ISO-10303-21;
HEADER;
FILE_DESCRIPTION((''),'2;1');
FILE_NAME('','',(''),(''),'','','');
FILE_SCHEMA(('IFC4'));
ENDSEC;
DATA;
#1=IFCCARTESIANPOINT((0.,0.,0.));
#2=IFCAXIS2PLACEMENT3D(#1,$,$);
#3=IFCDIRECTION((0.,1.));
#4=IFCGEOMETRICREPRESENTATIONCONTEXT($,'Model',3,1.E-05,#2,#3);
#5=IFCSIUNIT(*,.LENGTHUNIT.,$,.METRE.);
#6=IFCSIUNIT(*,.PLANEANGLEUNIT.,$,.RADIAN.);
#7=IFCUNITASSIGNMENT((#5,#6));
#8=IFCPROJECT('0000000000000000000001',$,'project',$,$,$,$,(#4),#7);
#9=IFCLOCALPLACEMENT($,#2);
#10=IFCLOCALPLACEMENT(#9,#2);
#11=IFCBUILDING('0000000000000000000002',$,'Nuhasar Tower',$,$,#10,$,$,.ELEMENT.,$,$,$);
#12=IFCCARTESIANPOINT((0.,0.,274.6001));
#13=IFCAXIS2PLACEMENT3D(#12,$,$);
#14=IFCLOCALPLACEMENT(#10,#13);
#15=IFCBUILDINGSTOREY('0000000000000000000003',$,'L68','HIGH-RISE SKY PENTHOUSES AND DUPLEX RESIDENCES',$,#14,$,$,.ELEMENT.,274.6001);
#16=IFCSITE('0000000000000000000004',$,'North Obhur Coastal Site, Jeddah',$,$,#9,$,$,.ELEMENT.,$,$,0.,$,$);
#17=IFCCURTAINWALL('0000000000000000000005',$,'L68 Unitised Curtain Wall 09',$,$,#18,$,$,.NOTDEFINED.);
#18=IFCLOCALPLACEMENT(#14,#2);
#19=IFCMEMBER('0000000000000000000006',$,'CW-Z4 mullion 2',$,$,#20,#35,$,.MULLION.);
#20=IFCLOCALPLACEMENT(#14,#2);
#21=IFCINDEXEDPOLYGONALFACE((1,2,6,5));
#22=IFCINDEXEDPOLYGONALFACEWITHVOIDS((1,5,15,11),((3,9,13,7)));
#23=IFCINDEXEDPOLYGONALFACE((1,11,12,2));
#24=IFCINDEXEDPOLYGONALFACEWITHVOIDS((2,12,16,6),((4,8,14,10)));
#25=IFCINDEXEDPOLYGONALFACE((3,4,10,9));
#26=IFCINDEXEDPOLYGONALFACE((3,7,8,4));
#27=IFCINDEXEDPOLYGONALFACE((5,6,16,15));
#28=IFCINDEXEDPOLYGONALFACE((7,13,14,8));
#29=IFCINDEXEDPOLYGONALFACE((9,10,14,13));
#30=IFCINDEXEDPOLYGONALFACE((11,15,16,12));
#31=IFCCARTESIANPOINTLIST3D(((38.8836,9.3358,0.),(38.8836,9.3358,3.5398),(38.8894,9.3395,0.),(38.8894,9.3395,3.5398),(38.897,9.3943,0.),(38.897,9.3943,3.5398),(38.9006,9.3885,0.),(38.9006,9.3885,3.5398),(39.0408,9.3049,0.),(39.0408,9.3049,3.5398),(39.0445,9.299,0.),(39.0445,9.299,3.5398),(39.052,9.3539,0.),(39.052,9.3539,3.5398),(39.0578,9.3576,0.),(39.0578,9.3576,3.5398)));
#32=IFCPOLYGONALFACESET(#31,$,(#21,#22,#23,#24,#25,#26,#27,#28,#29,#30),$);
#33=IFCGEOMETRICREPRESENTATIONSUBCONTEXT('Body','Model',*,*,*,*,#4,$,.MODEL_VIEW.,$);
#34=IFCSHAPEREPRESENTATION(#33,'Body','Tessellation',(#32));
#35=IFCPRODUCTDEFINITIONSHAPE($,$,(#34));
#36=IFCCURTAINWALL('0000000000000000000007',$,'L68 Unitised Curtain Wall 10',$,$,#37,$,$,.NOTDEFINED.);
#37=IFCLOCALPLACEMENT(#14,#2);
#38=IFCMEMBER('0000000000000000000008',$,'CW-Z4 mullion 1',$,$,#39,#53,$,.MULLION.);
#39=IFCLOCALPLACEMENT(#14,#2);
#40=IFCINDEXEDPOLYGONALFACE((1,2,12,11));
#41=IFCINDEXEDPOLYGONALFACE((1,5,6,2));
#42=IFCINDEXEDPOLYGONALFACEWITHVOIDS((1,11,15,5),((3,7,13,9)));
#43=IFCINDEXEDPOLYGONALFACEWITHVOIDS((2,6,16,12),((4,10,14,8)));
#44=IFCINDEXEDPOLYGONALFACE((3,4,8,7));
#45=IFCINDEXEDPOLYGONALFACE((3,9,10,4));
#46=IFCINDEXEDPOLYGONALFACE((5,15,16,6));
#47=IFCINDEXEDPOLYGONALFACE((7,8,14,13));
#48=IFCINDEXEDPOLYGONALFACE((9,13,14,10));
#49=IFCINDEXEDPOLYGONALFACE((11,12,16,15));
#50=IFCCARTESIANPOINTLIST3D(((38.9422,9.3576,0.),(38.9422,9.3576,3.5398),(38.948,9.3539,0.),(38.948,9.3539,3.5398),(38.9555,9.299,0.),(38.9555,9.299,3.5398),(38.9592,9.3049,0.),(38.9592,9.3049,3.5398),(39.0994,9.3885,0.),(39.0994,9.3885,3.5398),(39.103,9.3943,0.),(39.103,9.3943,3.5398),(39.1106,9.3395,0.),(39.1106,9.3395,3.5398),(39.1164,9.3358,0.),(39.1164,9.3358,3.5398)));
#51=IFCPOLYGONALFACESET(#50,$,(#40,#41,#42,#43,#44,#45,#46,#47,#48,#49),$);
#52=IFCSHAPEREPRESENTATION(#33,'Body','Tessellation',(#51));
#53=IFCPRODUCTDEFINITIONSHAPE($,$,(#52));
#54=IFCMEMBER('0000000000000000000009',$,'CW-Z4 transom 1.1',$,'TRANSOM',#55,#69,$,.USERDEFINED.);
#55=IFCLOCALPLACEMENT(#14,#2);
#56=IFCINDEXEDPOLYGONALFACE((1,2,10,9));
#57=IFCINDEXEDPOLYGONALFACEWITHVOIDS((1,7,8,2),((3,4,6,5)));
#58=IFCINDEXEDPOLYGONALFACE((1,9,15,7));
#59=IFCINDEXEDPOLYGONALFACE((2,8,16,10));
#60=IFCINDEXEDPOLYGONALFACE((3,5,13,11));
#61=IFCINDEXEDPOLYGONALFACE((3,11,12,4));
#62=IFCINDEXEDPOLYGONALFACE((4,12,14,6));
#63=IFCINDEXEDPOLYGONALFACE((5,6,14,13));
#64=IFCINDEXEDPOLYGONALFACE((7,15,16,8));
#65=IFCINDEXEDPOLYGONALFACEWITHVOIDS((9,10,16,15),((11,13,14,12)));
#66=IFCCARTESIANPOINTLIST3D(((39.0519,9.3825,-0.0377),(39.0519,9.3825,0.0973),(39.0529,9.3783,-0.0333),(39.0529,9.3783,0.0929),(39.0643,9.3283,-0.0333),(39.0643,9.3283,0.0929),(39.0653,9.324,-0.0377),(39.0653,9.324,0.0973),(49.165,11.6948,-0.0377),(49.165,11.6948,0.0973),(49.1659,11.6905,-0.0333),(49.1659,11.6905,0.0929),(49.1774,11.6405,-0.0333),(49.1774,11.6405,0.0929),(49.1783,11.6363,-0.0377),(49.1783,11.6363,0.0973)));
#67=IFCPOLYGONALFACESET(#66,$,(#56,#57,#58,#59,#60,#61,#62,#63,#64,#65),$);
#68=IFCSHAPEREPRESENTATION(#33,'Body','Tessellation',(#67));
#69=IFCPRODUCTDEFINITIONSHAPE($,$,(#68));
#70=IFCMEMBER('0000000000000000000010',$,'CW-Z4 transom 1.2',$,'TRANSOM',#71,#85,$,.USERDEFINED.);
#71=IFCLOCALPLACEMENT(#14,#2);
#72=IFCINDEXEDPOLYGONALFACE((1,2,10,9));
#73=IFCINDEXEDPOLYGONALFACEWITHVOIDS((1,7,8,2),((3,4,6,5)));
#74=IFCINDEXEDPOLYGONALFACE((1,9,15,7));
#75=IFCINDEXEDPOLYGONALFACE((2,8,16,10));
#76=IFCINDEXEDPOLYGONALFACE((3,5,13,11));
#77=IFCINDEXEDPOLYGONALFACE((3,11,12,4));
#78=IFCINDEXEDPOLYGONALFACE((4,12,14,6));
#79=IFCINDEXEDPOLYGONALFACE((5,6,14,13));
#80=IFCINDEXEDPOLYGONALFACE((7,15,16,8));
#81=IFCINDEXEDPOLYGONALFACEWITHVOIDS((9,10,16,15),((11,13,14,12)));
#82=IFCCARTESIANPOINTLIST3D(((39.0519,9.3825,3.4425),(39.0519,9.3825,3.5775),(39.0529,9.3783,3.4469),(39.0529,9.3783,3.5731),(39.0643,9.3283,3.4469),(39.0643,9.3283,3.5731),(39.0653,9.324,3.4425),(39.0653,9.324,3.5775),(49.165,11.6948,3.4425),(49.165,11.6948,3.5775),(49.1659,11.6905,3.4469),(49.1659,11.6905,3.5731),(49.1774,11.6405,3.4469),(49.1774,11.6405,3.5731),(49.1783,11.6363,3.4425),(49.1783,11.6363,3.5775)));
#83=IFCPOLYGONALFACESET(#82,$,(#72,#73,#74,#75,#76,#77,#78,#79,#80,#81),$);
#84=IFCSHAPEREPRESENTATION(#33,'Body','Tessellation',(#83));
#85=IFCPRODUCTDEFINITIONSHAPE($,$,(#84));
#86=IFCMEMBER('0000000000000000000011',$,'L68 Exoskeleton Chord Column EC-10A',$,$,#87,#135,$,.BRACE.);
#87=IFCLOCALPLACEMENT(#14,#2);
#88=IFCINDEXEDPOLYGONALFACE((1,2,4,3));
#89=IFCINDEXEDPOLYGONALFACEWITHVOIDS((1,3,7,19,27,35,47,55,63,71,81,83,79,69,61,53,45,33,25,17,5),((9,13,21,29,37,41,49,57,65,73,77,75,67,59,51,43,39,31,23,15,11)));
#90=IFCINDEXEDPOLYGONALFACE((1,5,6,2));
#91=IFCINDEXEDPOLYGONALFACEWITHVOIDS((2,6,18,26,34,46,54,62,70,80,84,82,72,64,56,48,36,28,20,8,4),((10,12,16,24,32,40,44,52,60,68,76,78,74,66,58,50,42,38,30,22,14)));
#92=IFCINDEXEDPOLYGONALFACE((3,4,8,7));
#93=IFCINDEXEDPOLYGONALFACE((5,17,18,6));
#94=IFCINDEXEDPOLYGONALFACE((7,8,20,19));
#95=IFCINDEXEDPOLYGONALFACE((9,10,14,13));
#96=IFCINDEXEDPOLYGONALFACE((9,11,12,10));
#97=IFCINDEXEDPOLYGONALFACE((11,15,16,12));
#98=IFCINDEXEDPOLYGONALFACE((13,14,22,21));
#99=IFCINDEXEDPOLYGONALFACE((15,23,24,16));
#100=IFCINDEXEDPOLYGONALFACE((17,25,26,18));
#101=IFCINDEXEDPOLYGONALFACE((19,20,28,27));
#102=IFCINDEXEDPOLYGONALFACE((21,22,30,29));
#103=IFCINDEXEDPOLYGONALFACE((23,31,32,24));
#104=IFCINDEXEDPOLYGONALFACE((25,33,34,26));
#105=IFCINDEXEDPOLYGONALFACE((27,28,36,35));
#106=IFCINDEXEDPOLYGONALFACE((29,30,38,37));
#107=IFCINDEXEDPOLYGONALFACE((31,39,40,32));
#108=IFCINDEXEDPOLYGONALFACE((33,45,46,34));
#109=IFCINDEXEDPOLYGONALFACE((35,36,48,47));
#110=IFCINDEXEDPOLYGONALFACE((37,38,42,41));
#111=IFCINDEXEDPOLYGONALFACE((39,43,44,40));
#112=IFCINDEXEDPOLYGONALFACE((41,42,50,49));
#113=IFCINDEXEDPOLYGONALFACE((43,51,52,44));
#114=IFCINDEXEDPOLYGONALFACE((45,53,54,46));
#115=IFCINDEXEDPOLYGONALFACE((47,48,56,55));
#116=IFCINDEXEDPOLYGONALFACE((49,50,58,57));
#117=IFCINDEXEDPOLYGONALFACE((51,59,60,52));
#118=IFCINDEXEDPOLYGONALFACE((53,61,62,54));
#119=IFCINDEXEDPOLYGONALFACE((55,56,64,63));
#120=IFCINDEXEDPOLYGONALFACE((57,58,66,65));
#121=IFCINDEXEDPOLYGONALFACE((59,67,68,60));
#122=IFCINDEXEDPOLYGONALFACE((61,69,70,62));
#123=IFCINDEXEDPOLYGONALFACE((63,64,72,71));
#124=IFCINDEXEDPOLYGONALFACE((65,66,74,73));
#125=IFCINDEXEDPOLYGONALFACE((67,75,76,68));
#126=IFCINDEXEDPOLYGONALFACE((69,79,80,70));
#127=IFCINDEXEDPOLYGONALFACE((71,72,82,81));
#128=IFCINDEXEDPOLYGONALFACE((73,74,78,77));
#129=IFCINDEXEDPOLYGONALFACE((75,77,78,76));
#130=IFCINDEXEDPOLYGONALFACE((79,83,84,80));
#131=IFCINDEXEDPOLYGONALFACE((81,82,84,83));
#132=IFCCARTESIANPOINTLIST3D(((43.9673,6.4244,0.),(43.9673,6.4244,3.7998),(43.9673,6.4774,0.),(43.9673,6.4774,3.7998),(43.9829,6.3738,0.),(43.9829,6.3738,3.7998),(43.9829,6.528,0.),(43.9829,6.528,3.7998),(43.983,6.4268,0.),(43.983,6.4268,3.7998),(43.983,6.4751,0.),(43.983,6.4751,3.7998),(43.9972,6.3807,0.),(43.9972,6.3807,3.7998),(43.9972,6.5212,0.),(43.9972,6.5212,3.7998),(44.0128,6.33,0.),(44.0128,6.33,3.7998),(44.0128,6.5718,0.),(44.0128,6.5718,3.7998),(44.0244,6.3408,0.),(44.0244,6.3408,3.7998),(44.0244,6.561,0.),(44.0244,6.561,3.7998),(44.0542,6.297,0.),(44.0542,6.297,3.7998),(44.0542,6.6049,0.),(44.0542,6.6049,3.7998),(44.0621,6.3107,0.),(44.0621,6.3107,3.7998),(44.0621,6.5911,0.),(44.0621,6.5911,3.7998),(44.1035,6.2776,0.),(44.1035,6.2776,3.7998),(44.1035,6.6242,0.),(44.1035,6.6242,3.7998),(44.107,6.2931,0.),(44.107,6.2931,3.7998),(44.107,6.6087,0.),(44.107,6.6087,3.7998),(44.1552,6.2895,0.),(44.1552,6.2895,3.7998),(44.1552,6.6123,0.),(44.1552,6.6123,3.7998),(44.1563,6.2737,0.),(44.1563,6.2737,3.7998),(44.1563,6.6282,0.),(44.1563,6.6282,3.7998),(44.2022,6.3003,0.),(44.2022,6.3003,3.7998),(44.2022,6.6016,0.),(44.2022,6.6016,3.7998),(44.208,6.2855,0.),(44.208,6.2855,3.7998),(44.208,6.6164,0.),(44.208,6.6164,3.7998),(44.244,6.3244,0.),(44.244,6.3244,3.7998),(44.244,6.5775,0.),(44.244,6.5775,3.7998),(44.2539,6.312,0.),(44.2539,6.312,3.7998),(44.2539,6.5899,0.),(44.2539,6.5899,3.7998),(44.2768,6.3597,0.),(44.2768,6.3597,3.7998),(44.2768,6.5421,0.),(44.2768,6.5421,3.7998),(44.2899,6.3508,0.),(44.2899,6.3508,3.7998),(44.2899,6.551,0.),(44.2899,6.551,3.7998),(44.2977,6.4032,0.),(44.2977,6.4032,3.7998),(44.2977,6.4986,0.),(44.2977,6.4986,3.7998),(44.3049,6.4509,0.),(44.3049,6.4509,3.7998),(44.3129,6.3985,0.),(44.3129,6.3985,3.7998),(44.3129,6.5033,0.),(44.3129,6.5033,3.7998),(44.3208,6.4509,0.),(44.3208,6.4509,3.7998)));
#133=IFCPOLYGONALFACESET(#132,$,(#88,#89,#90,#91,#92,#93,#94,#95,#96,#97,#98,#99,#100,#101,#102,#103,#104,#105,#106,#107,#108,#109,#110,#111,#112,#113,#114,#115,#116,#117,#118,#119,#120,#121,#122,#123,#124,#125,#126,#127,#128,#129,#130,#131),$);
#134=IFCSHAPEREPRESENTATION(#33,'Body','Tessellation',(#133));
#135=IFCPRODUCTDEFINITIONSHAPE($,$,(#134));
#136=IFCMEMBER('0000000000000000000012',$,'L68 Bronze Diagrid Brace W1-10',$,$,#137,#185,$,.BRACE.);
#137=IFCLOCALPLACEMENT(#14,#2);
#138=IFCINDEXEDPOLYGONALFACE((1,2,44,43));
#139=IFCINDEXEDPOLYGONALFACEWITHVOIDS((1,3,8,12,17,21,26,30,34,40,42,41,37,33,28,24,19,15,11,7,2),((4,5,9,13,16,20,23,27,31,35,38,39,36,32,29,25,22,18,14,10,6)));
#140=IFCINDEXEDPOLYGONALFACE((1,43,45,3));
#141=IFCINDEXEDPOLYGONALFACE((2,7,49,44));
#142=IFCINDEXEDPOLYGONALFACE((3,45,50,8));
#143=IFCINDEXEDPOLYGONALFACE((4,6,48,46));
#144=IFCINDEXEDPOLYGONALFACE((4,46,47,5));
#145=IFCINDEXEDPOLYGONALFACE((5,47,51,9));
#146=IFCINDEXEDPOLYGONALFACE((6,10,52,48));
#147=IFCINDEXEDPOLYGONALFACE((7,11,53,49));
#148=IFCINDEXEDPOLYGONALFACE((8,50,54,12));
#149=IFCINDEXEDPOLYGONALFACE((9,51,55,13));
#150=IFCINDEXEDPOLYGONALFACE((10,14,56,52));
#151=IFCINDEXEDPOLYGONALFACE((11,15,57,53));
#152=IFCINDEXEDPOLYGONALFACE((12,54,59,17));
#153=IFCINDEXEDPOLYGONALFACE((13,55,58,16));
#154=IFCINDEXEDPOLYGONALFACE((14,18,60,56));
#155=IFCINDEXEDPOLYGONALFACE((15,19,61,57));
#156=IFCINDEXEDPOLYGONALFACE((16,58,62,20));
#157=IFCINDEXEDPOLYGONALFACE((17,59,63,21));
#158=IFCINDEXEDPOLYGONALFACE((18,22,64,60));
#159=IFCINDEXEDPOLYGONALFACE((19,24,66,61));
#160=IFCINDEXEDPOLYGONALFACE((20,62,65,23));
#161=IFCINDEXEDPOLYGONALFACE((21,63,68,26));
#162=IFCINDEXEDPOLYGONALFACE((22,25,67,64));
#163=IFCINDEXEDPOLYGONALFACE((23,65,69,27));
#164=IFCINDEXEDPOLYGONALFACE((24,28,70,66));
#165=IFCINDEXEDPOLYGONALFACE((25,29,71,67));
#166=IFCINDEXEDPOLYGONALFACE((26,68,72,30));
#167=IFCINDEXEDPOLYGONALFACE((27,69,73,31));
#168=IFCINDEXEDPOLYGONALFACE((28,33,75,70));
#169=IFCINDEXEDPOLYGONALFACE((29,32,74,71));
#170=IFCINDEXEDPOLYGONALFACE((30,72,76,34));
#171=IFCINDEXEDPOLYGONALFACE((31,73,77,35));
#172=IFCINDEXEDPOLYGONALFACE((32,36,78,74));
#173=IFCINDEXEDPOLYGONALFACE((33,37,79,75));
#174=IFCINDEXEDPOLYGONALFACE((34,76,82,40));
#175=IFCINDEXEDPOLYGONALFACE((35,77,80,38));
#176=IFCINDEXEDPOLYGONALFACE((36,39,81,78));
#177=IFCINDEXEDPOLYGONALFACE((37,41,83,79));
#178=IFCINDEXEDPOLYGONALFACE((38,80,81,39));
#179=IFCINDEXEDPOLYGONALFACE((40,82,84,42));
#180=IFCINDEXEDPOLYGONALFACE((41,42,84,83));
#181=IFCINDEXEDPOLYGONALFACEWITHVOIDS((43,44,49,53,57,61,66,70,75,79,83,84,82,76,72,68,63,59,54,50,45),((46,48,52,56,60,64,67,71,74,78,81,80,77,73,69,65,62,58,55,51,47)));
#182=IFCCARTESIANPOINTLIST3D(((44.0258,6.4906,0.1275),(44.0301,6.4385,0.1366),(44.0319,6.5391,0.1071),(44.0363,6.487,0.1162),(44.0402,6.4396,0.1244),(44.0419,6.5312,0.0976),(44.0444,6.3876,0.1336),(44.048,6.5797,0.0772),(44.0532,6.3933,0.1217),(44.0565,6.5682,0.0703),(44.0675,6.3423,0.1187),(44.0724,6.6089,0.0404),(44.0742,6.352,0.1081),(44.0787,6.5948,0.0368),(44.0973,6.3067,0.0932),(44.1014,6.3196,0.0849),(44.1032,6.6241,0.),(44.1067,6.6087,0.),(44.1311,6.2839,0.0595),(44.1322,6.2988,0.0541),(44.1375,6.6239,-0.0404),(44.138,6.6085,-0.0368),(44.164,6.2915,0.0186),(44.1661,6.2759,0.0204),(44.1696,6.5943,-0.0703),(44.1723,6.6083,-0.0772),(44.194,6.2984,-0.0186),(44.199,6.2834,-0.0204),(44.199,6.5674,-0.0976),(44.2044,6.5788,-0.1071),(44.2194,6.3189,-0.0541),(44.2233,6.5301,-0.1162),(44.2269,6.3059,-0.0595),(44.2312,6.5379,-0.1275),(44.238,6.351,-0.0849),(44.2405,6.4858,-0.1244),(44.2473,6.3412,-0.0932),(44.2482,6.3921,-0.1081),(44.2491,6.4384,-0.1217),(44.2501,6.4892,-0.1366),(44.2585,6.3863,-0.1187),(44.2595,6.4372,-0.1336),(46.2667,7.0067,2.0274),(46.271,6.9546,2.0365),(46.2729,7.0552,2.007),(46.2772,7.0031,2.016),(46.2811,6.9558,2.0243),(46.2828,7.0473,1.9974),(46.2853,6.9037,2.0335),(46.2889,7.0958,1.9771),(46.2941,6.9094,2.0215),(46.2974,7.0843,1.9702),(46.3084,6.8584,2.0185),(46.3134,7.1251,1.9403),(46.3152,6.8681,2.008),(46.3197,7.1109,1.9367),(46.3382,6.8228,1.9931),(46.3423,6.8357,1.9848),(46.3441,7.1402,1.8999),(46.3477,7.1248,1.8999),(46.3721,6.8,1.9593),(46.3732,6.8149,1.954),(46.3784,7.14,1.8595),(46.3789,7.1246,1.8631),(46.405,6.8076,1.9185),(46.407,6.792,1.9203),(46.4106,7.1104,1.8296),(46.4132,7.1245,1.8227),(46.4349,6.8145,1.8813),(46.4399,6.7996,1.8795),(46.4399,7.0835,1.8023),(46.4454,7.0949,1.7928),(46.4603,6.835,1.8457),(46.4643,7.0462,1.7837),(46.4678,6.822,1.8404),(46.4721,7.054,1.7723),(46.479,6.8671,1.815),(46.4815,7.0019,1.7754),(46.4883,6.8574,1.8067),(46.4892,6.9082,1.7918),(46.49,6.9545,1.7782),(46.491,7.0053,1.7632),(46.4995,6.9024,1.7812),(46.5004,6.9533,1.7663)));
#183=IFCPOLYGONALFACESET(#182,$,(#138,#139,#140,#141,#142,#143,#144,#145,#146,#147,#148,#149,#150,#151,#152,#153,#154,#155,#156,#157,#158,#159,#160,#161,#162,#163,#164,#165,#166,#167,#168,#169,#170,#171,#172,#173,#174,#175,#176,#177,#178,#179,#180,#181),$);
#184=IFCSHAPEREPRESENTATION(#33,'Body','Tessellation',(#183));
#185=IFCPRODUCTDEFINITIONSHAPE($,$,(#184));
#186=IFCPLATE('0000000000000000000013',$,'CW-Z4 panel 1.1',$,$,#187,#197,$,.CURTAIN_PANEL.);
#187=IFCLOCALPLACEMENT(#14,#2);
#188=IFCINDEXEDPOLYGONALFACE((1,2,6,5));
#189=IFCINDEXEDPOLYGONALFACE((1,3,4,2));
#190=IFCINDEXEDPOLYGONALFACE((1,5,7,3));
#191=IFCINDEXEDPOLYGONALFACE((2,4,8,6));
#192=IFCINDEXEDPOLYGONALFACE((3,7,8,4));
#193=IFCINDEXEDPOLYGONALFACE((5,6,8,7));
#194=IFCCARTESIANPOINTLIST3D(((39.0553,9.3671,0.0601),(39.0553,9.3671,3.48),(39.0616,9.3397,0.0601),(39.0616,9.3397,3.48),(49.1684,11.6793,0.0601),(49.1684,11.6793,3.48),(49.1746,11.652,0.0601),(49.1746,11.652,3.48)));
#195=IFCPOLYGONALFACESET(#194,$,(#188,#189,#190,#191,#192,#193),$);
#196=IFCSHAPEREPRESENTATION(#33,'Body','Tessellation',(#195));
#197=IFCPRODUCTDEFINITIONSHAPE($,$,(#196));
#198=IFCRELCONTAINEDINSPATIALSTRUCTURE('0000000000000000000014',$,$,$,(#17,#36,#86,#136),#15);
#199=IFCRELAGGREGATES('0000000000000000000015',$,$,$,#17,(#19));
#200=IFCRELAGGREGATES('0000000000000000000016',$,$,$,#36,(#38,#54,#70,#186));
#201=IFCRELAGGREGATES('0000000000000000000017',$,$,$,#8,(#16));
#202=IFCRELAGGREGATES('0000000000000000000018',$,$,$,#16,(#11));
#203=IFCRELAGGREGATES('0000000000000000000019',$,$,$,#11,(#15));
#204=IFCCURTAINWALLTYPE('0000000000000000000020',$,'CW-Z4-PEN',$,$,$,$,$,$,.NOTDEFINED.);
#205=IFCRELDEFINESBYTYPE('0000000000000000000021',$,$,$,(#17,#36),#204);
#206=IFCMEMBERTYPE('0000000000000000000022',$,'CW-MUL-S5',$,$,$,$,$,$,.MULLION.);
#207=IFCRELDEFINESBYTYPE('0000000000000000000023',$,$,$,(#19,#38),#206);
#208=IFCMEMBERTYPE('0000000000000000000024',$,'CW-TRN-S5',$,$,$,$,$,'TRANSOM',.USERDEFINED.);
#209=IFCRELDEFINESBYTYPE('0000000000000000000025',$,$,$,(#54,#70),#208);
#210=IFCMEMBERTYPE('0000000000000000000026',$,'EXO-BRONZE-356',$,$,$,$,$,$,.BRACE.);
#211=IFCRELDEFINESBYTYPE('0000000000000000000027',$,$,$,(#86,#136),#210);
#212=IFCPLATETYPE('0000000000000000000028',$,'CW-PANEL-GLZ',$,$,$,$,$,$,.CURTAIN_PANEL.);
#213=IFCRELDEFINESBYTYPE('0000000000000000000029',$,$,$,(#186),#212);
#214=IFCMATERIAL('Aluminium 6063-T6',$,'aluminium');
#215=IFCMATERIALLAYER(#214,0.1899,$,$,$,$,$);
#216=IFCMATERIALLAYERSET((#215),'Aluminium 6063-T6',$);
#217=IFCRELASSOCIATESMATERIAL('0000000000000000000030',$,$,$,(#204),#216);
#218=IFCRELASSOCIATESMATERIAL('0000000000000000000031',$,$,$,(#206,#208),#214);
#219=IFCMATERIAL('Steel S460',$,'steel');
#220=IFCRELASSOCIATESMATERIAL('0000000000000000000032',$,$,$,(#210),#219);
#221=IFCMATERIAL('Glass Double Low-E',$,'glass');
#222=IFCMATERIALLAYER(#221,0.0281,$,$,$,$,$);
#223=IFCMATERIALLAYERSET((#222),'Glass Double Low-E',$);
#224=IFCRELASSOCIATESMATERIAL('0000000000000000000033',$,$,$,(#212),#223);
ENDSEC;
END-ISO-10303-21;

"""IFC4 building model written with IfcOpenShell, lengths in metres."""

from ifc_helpers import new_model, si_unit, direction, frame, origin, origin_2d, place, context, subcontext, project, spatial, rectangle, hollow_rectangle, hollow_circle, extrude, material, layer, layer_set, material_profile, profile_set, type_object, element, aggregate, save


model = new_model("IFC4")

# Units and contexts
model_context = context("Model", 3, precision=1e-05, world=origin(), true_north=direction((0.0, 1.0)))
body_context = subcontext(model_context, "Body", "Model", "MODEL_VIEW")
ifc_project = project(units=[si_unit("LENGTHUNIT", "METRE"), si_unit("PLANEANGLEUNIT", "RADIAN")], contexts=[model_context])

# Site, building, storey
site_placement = place(None, origin())
site = spatial("IfcSite", under=ifc_project, at=site_placement, Name="North Obhur Coastal Site, Jeddah", CompositionType="ELEMENT", RefElevation=0.0)
building_placement = place(site_placement, origin())
building = spatial("IfcBuilding", under=site, at=building_placement, Name="Nuhasar Tower", CompositionType="ELEMENT")
storey_placement = place(building_placement, frame((0.0, 0.0, 274.6001)))
storey = spatial("IfcBuildingStorey", under=building, at=storey_placement, Name="L68", Description="HIGH-RISE SKY PENTHOUSES AND DUPLEX RESIDENCES", CompositionType="ELEMENT", Elevation=274.6001)

# Curtain wall, member
ifc_material_1 = material(Name="Aluminium 6063-T6", Category="aluminium")
ifc_layer_1 = layer(ifc_material_1, 0.1899)
ifc_layer_set_1 = layer_set([ifc_layer_1], Name="Aluminium 6063-T6")
curtain_wall_type = type_object("IfcCurtainWallType", Name="CW-Z4-PEN", PredefinedType="NOTDEFINED", material=ifc_layer_set_1)
curtain_wall_1_placement = place(storey_placement, origin())
curtain_wall_1 = element("IfcCurtainWall", 1, at=curtain_wall_1_placement, inside=storey, type_object=curtain_wall_type, Name="L68 Unitised Curtain Wall 09", PredefinedType="NOTDEFINED")
ifc_material_profile_1 = material_profile(ifc_material_1, hollow_rectangle(XDim=0.0601, YDim=0.165, WallThickness=0.0049, at=origin_2d()), Name="CWM-5")
ifc_profile_set_1 = profile_set([ifc_material_profile_1], Name="Aluminium 6063-T6")
member_type_1 = type_object("IfcMemberType", Name="CW-MUL-S5", PredefinedType="MULLION", material=ifc_profile_set_1)
member_1_placement = place(storey_placement, frame((38.9707, 9.3467, 0.0), z_axis=(0.0, 0.0, 1.0), x_axis=(0.222889, 0.974844, 0.0)))
member_1 = element("IfcMember", 2, at=member_1_placement, type_object=member_type_1, Name="CW-Z4 mullion 2", PredefinedType="MULLION", context=body_context, shape_type="SweptSolid", body=[
    extrude(hollow_rectangle(XDim=0.0601, YDim=0.165, WallThickness=0.0049, at=origin_2d()), origin(), (0.0, 0.0, 1.0), 3.5398),
])
aggregate(curtain_wall_1, [member_1])

# Curtain wall, members
curtain_wall_2_placement = place(storey_placement, origin())
curtain_wall_2 = element("IfcCurtainWall", 3, at=curtain_wall_2_placement, inside=storey, type_object=curtain_wall_type, Name="L68 Unitised Curtain Wall 10", PredefinedType="NOTDEFINED")
member_2_placement = place(storey_placement, frame((39.0293, 9.3467, 0.0), z_axis=(0.0, 0.0, 1.0), x_axis=(-0.222889, 0.974844, 0.0)))
member_2 = element("IfcMember", 4, at=member_2_placement, type_object=member_type_1, Name="CW-Z4 mullion 1", PredefinedType="MULLION", context=body_context, shape_type="SweptSolid", body=[
    extrude(hollow_rectangle(XDim=0.0601, YDim=0.165, WallThickness=0.0049, at=origin_2d()), origin(), (0.0, 0.0, 1.0), 3.5398),
])
ifc_material_profile_2 = material_profile(ifc_material_1, hollow_rectangle(XDim=0.0601, YDim=0.135, WallThickness=0.0044, at=origin_2d()), Name="CWT-5")
ifc_profile_set_2 = profile_set([ifc_material_profile_2], Name="Aluminium 6063-T6")
member_type_2 = type_object("IfcMemberType", Name="CW-TRN-S5", ElementType="TRANSOM", PredefinedType="USERDEFINED", material=ifc_profile_set_2)
member_3_placement = place(storey_placement, frame((39.0586, 9.3533, 0.0298), z_axis=(0.974844, 0.222889, 0.0), x_axis=(-0.222889, 0.974844, 0.0)))
member_3 = element("IfcMember", 5, at=member_3_placement, type_object=member_type_2, Name="CW-Z4 transom 1.1", ObjectType="TRANSOM", PredefinedType="USERDEFINED", context=body_context, shape_type="SweptSolid", body=[
    extrude(hollow_rectangle(XDim=0.0601, YDim=0.135, WallThickness=0.0044, at=origin_2d()), origin(), (0.0, 0.0, 1.0), 10.374),
])
member_4_placement = place(storey_placement, frame((39.0586, 9.3533, 3.51), z_axis=(0.974844, 0.222889, 0.0), x_axis=(-0.222889, 0.974844, 0.0)))
member_4 = element("IfcMember", 6, at=member_4_placement, type_object=member_type_2, Name="CW-Z4 transom 1.2", ObjectType="TRANSOM", PredefinedType="USERDEFINED", context=body_context, shape_type="SweptSolid", body=[
    extrude(hollow_rectangle(XDim=0.0601, YDim=0.135, WallThickness=0.0044, at=origin_2d()), origin(), (0.0, 0.0, 1.0), 10.374),
])

# Members
ifc_material_2 = material(Name="Steel S460", Category="steel")
ifc_material_profile_3 = material_profile(ifc_material_2, hollow_circle(Radius=0.1777, WallThickness=0.0159, at=origin_2d()), Name="HSS355.6X15.9")
ifc_profile_set_3 = profile_set([ifc_material_profile_3], Name="Steel S460")
member_type_3 = type_object("IfcMemberType", Name="EXO-BRONZE-356", PredefinedType="BRACE", material=ifc_profile_set_3)
member_5_placement = place(storey_placement, frame((44.1431, 6.4509, 0.0), z_axis=(0.0, 0.0, 1.0), x_axis=(1.0, 0.0, 0.0)))
element("IfcMember", 7, at=member_5_placement, inside=storey, type_object=member_type_3, Name="L68 Exoskeleton Chord Column EC-10A", PredefinedType="BRACE", context=body_context, shape_type="SweptSolid", body=[
    extrude(hollow_circle(Radius=0.1777, WallThickness=0.0159, at=origin_2d()), origin(), (0.0, 0.0, 1.0), 3.7998),
])
member_6_placement = place(storey_placement, frame((44.1431, 6.4509, 0.0), z_axis=(0.751261, 0.173022, 0.636923), x_axis=(-0.224433, 0.97449, 0.0)))
element("IfcMember", 8, at=member_6_placement, inside=storey, type_object=member_type_3, Name="L68 Bronze Diagrid Brace W1-10", PredefinedType="BRACE", context=body_context, shape_type="SweptSolid", body=[
    extrude(hollow_circle(Radius=0.1777, WallThickness=0.0159, at=origin_2d()), origin(), (0.0, 0.0, 1.0), 2.9829),
])

# Plate
ifc_material_3 = material(Name="Glass Double Low-E", Category="glass")
ifc_layer_2 = layer(ifc_material_3, 0.0281)
ifc_layer_set_2 = layer_set([ifc_layer_2], Name="Glass Double Low-E")
plate_type = type_object("IfcPlateType", Name="CW-PANEL-GLZ", PredefinedType="CURTAIN_PANEL", material=ifc_layer_set_2)
plate_placement = place(storey_placement, frame((44.115, 10.5095, 0.0601), z_axis=(0.0, 0.0, 1.0), x_axis=(0.974844, 0.222889, 0.0)))
plate = element("IfcPlate", 9, at=plate_placement, type_object=plate_type, Name="CW-Z4 panel 1.1", PredefinedType="CURTAIN_PANEL", context=body_context, shape_type="SweptSolid", body=[
    extrude(rectangle(XDim=10.374, YDim=0.0281, at=origin_2d()), origin(), (0.0, 0.0, 1.0), 3.4199),
])
aggregate(curtain_wall_2, [member_2, member_3, member_4, plate])

save(model, "model.ifc")
